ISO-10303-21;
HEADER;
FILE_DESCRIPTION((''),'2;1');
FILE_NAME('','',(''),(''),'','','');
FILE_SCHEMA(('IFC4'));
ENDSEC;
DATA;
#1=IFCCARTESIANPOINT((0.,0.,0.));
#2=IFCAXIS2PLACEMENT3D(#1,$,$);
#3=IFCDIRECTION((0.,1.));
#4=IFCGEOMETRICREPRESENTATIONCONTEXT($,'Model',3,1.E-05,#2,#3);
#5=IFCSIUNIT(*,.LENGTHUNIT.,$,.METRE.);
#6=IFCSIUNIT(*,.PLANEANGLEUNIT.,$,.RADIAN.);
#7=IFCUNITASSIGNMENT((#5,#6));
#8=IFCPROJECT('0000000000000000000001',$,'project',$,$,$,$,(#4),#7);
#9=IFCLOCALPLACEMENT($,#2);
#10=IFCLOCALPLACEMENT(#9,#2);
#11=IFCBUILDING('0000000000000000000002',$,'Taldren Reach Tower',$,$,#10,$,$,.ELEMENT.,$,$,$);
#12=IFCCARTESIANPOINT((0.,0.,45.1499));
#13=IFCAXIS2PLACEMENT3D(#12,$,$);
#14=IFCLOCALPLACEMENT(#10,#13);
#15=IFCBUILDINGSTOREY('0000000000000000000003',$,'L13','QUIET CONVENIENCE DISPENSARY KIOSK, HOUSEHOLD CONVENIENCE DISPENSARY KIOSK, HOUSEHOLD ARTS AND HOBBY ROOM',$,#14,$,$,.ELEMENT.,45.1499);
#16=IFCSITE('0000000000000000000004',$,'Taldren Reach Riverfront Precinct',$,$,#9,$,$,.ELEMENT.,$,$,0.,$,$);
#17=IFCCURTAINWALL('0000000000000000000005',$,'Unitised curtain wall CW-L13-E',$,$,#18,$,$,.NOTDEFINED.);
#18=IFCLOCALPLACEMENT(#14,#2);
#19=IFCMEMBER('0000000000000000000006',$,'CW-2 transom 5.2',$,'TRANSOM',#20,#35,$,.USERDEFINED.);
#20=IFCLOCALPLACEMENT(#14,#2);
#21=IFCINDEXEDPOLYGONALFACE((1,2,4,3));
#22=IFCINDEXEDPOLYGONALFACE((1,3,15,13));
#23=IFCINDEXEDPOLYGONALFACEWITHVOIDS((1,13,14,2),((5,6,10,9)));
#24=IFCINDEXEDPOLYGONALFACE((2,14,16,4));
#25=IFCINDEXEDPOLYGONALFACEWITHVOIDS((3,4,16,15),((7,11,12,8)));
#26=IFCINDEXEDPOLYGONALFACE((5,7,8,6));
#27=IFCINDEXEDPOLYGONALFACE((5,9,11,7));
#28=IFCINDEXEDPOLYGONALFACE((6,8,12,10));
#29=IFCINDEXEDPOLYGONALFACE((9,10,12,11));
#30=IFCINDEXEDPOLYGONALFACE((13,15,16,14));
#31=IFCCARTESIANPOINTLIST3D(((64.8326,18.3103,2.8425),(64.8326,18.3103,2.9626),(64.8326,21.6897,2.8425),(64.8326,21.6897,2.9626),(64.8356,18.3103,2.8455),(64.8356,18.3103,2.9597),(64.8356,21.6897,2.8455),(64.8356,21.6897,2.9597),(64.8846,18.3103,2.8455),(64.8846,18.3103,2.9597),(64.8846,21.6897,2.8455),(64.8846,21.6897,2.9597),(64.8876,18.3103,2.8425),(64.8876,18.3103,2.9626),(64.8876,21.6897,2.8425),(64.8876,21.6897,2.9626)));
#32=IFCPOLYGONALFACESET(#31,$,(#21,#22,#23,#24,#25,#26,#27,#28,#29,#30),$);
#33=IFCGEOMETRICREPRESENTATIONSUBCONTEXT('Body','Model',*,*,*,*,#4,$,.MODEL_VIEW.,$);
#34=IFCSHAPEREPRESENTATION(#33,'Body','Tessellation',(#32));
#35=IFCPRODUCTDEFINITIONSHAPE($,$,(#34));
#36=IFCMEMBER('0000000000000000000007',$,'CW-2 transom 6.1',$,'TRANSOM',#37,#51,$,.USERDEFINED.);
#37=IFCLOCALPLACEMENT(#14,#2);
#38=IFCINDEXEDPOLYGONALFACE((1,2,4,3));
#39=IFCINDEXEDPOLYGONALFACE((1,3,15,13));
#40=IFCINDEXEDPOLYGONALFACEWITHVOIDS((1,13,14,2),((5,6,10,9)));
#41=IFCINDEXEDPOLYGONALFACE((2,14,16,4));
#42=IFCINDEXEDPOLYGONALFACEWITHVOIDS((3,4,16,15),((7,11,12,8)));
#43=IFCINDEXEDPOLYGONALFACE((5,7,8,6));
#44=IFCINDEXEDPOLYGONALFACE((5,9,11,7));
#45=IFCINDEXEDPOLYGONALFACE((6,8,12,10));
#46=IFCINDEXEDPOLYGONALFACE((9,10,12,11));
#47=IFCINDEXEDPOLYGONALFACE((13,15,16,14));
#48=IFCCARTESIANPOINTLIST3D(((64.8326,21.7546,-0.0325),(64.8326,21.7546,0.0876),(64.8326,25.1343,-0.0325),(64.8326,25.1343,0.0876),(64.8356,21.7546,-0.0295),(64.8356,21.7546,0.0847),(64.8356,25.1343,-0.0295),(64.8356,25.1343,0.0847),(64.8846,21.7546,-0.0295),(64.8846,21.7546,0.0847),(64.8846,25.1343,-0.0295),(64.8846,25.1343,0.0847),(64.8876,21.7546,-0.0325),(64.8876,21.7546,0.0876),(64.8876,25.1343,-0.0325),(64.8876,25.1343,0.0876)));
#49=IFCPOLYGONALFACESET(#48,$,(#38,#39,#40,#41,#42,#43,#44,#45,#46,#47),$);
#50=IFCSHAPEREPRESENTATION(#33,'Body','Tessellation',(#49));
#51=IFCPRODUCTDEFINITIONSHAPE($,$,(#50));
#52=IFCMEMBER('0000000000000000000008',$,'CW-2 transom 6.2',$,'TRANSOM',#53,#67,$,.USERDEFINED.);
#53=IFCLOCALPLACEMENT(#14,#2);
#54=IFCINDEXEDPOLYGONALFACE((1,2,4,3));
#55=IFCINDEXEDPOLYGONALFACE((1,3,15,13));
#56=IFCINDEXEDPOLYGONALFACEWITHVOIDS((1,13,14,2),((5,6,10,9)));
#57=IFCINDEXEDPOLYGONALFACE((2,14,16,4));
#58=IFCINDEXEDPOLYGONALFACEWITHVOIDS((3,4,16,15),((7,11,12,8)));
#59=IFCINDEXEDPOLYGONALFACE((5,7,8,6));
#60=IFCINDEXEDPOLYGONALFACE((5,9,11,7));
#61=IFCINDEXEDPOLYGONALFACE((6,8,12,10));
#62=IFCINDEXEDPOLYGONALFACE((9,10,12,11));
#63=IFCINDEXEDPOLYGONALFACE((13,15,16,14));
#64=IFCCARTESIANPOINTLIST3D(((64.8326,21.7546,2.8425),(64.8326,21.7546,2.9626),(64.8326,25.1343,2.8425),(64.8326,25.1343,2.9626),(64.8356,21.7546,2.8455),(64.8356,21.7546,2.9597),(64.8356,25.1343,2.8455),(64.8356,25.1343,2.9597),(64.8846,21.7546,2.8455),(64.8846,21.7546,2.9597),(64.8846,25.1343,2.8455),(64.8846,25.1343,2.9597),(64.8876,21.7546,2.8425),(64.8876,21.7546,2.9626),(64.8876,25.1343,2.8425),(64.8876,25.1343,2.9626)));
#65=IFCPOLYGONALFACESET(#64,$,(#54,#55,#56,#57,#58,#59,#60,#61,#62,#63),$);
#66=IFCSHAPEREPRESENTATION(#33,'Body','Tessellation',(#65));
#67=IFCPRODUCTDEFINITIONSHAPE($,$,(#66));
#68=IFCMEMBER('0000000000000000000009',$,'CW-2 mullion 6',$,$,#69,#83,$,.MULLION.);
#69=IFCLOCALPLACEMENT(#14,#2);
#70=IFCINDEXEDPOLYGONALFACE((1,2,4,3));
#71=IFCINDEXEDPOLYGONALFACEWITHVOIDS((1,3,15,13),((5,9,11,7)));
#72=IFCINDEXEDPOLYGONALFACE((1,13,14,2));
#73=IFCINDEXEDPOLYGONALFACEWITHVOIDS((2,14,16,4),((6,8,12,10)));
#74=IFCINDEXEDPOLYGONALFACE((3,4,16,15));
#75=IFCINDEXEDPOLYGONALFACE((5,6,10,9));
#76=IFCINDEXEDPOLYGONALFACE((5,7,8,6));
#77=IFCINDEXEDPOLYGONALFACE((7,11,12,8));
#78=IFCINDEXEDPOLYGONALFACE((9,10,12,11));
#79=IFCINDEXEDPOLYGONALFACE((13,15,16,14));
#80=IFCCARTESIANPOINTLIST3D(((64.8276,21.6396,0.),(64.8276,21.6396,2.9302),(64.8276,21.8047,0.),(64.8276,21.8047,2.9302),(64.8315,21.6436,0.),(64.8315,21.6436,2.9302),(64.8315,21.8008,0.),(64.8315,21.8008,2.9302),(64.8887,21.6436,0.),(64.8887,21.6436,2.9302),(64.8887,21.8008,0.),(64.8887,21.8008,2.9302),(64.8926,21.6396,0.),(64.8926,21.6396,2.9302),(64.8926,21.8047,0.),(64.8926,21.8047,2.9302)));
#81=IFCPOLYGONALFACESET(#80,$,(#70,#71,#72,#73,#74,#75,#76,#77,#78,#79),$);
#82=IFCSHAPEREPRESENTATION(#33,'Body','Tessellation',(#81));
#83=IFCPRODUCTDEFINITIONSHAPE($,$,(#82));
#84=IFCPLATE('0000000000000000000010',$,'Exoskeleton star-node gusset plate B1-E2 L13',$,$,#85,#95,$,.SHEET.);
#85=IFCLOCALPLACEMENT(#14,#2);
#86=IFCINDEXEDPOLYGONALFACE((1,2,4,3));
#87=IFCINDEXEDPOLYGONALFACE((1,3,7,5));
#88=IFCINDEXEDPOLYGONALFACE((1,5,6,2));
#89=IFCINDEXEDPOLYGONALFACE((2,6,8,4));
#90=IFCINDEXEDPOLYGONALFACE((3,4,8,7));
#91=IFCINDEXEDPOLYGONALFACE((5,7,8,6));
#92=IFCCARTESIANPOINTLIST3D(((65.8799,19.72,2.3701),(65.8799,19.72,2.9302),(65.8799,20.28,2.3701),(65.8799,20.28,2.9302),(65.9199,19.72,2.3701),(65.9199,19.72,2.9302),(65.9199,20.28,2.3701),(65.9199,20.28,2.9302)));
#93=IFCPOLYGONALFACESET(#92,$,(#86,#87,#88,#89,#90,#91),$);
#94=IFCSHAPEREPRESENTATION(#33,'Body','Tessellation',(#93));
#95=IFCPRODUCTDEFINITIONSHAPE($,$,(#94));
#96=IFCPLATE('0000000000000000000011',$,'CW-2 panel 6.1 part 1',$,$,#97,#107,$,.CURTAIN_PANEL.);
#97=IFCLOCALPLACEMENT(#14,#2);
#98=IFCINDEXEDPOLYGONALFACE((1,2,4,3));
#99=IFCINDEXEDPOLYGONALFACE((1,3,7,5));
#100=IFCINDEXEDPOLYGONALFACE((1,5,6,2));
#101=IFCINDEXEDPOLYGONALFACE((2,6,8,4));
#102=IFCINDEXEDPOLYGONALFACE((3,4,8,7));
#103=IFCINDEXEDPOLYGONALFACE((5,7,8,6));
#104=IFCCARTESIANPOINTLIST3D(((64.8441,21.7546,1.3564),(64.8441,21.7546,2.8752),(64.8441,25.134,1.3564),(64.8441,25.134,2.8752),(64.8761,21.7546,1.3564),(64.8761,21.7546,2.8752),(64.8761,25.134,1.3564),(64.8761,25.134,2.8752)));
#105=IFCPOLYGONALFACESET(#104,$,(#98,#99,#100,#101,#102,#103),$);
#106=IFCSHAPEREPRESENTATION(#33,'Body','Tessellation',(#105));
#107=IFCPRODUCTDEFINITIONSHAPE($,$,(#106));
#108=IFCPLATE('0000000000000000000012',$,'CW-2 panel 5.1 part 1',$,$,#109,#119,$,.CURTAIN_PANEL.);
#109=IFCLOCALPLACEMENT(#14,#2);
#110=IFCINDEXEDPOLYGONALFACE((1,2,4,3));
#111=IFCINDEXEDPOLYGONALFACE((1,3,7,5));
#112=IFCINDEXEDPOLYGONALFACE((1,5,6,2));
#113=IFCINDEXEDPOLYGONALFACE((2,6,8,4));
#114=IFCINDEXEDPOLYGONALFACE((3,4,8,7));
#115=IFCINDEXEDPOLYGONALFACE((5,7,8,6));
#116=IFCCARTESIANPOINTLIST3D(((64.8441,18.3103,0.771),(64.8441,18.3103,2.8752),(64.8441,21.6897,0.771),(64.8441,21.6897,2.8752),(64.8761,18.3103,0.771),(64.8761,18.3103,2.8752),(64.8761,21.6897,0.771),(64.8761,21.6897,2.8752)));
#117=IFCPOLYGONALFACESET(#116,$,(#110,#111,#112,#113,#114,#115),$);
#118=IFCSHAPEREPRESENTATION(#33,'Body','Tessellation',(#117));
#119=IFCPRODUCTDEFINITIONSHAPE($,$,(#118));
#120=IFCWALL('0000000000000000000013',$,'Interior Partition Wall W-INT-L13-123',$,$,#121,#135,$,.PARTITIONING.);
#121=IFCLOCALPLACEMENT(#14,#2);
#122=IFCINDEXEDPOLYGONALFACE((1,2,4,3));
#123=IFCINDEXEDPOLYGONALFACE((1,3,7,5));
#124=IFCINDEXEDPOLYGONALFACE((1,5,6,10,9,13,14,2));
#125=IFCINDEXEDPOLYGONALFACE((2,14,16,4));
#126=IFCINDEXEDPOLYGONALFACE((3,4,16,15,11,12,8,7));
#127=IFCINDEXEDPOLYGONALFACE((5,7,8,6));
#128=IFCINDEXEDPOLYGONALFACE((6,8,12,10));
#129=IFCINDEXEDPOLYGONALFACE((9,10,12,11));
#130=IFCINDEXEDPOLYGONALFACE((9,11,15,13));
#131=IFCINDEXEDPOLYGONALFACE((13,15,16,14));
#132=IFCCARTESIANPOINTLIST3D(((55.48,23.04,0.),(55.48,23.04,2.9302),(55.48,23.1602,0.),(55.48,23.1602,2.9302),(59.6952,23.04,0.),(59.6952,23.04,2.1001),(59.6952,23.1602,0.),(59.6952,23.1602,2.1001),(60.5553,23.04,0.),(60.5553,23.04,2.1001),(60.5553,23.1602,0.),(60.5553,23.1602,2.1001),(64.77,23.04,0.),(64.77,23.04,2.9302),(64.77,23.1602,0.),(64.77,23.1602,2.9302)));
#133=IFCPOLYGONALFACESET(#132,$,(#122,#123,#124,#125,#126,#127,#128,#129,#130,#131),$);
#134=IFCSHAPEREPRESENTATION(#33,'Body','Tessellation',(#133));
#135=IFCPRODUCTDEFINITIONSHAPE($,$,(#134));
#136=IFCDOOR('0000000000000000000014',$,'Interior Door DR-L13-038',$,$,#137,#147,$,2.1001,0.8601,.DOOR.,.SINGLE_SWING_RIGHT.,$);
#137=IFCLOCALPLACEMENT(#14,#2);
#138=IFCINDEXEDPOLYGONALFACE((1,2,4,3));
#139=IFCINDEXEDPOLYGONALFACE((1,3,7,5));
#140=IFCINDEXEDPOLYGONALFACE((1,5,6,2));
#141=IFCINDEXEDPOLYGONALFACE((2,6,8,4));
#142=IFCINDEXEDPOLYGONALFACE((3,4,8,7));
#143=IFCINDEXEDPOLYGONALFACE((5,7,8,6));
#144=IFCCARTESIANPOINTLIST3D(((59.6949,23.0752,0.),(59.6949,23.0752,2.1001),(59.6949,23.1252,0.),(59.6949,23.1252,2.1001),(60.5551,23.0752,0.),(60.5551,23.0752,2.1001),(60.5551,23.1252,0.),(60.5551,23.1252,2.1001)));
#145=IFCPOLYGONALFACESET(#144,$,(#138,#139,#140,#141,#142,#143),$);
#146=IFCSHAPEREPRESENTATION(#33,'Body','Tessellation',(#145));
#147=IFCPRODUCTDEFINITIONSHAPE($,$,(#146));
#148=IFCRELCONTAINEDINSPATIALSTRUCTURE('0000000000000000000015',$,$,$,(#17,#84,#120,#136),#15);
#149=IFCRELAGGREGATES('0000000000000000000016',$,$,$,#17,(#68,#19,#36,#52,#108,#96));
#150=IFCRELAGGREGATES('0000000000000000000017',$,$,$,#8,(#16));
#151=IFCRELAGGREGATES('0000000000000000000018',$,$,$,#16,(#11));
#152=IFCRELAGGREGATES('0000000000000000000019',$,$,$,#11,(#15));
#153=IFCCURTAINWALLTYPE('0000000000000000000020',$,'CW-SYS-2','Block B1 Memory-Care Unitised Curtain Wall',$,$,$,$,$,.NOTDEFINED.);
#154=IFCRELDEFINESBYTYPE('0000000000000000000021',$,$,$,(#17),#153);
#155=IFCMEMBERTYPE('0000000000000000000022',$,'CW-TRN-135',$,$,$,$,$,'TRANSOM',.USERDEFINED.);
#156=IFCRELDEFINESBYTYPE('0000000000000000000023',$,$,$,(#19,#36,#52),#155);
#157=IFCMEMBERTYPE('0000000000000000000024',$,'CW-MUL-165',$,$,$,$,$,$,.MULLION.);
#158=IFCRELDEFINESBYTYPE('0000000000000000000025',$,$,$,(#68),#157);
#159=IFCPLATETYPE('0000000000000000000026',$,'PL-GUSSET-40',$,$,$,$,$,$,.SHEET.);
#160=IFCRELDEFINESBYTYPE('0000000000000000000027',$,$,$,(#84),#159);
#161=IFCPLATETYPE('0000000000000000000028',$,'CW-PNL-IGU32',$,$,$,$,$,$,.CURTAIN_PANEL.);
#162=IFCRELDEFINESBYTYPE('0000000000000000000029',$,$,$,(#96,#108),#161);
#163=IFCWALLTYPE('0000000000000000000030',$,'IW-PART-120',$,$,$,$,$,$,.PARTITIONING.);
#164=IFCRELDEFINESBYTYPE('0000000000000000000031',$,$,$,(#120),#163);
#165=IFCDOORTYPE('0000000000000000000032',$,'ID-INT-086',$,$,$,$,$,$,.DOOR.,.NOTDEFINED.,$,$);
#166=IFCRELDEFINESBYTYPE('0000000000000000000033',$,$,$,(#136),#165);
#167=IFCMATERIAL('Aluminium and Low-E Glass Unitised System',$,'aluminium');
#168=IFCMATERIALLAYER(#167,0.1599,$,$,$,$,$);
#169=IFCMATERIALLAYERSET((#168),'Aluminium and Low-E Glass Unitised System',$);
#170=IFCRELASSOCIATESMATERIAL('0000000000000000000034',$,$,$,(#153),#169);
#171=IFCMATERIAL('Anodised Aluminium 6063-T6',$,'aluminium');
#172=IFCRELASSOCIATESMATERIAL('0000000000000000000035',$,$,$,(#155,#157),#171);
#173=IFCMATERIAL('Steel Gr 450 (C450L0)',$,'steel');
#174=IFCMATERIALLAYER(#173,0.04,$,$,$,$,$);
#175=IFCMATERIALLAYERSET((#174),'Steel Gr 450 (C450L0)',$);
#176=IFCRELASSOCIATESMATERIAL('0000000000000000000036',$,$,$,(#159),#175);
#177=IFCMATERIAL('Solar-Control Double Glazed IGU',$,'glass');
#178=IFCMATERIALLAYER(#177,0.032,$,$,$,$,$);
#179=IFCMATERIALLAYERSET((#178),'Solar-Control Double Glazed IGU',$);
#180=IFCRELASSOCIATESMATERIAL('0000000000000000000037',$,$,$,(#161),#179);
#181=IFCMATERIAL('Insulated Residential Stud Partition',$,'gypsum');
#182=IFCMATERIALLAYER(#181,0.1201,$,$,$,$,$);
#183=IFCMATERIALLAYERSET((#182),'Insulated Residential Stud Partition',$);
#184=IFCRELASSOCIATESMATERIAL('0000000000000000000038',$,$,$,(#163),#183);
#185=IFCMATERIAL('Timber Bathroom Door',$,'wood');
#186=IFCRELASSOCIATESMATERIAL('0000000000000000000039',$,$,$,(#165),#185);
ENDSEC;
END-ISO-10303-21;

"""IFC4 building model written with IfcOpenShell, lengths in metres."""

from ifc_helpers import new_model, si_unit, direction, frame, frame_2d, origin, origin_2d, place, context, subcontext, project, spatial, rectangle, hollow_rectangle, extrude, source, transform, mapped, material, layer, layer_set, material_profile, profile_set, type_object, element, fill, aggregate, save


model = new_model("IFC4")

# Units and contexts
model_context = context("Model", 3, precision=1e-05, world=origin(), true_north=direction((0.0, 1.0)))
body_context = subcontext(model_context, "Body", "Model", "MODEL_VIEW")
ifc_project = project(units=[si_unit("LENGTHUNIT", "METRE"), si_unit("PLANEANGLEUNIT", "RADIAN")], contexts=[model_context])

# Site, building, storey
site_placement = place(None, origin())
site = spatial("IfcSite", under=ifc_project, at=site_placement, Name="Taldren Reach Riverfront Precinct", CompositionType="ELEMENT", RefElevation=0.0)
building_placement = place(site_placement, origin())
building = spatial("IfcBuilding", under=site, at=building_placement, Name="Taldren Reach Tower", CompositionType="ELEMENT")
storey_placement = place(building_placement, frame((0.0, 0.0, 45.1499)))
storey = spatial("IfcBuildingStorey", under=building, at=storey_placement, Name="L13", Description="QUIET CONVENIENCE DISPENSARY KIOSK, HOUSEHOLD CONVENIENCE DISPENSARY KIOSK, HOUSEHOLD ARTS AND HOBBY ROOM", CompositionType="ELEMENT", Elevation=45.1499)

# Shared definitions
ifc_material_1 = material(Name="Steel Gr 450 (C450L0)", Category="steel")

# Curtain wall, members
ifc_material_2 = material(Name="Aluminium and Low-E Glass Unitised System", Category="aluminium")
ifc_layer_1 = layer(ifc_material_2, 0.1599)
ifc_layer_set_1 = layer_set([ifc_layer_1], Name="Aluminium and Low-E Glass Unitised System")
curtain_wall_type = type_object("IfcCurtainWallType", Name="CW-SYS-2", Description="Block B1 Memory-Care Unitised Curtain Wall", PredefinedType="NOTDEFINED", material=ifc_layer_set_1)
curtain_wall_placement = place(storey_placement, origin())
curtain_wall = element("IfcCurtainWall", 1, at=curtain_wall_placement, inside=storey, type_object=curtain_wall_type, Name="Unitised curtain wall CW-L13-E", PredefinedType="NOTDEFINED")
ifc_material_3 = material(Name="Anodised Aluminium 6063-T6", Category="aluminium")
ifc_material_profile_1 = material_profile(ifc_material_3, hollow_rectangle(XDim=0.0549, YDim=0.1201, WallThickness=0.0029, at=origin_2d()), Name="ALU-120x55x3RHS")
ifc_profile_set_1 = profile_set([ifc_material_profile_1], Name="Anodised Aluminium 6063-T6")
member_type_1 = type_object("IfcMemberType", Name="CW-TRN-135", ElementType="TRANSOM", PredefinedType="USERDEFINED", material=ifc_profile_set_1)
shared_shape_1 = source(origin(), body_context, "Body", "SweptSolid", [
    extrude(hollow_rectangle(XDim=0.0549, YDim=0.1201, WallThickness=0.0029, at=origin_2d()), origin(), (0.0, 0.0, 1.0), 3.3794),
])
member_1_placement = place(storey_placement, frame((64.8601, 18.3103, 2.9026), z_axis=(0.0, 1.0, 0.0), x_axis=(-1.0, 0.0, 0.0)))
member_1 = element("IfcMember", 2, at=member_1_placement, type_object=member_type_1, Name="CW-2 transom 5.2", ObjectType="TRANSOM", PredefinedType="USERDEFINED", context=body_context, shape_type="MappedRepresentation", body=[
    mapped(shared_shape_1, transform((0.0, 0.0, 0.0), scale=1.0)),
])
shared_shape_2 = source(origin(), body_context, "Body", "SweptSolid", [
    extrude(hollow_rectangle(XDim=0.0549, YDim=0.1201, WallThickness=0.0029, at=origin_2d()), origin(), (0.0, 0.0, 1.0), 3.3796),
])
member_2_placement = place(storey_placement, frame((64.8601, 21.7546, 0.0276), z_axis=(0.0, 1.0, 0.0), x_axis=(-1.0, 0.0, 0.0)))
member_2 = element("IfcMember", 3, at=member_2_placement, type_object=member_type_1, Name="CW-2 transom 6.1", ObjectType="TRANSOM", PredefinedType="USERDEFINED", context=body_context, shape_type="MappedRepresentation", body=[
    mapped(shared_shape_2, transform((0.0, 0.0, 0.0), scale=1.0)),
])
member_3_placement = place(storey_placement, frame((64.8601, 21.7546, 2.9026), z_axis=(0.0, 1.0, 0.0), x_axis=(-1.0, 0.0, 0.0)))
member_3 = element("IfcMember", 4, at=member_3_placement, type_object=member_type_1, Name="CW-2 transom 6.2", ObjectType="TRANSOM", PredefinedType="USERDEFINED", context=body_context, shape_type="MappedRepresentation", body=[
    mapped(shared_shape_2, transform((0.0, 0.0, 0.0), scale=1.0)),
])
ifc_material_profile_2 = material_profile(ifc_material_3, hollow_rectangle(XDim=0.0649, YDim=0.165, WallThickness=0.0039, at=origin_2d()), Name="ALU-165x65x4RHS")
ifc_profile_set_2 = profile_set([ifc_material_profile_2], Name="Anodised Aluminium 6063-T6")
member_type_2 = type_object("IfcMemberType", Name="CW-MUL-165", PredefinedType="MULLION", material=ifc_profile_set_2)
shared_shape_3 = source(origin(), body_context, "Body", "SweptSolid", [
    extrude(hollow_rectangle(XDim=0.0649, YDim=0.165, WallThickness=0.0039, at=origin_2d()), origin(), (0.0, 0.0, 1.0), 2.9302),
])
member_4_placement = place(storey_placement, frame((64.8601, 21.7222, 0.0), z_axis=(0.0, 0.0, 1.0), x_axis=(-1.0, 0.0, 0.0)))
member_4 = element("IfcMember", 5, at=member_4_placement, type_object=member_type_2, Name="CW-2 mullion 6", PredefinedType="MULLION", context=body_context, shape_type="MappedRepresentation", body=[
    mapped(shared_shape_3, transform((0.0, 0.0, 0.0), scale=1.0)),
])

# Plates
ifc_layer_2 = layer(ifc_material_1, 0.04)
ifc_layer_set_2 = layer_set([ifc_layer_2], Name="Steel Gr 450 (C450L0)")
plate_type_1 = type_object("IfcPlateType", Name="PL-GUSSET-40", PredefinedType="SHEET", material=ifc_layer_set_2)
shared_shape_4 = source(origin(), body_context, "Body", "SweptSolid", [
    extrude(rectangle(XDim=0.5601, YDim=0.04, at=origin_2d()), origin(), (0.0, 0.0, 1.0), 0.5601),
])
plate_1_placement = place(storey_placement, frame((65.8999, 20.0, 2.3701), z_axis=(0.0, 0.0, 1.0), x_axis=(0.0, 1.0, 0.0)))
element("IfcPlate", 6, at=plate_1_placement, inside=storey, type_object=plate_type_1, Name="Exoskeleton star-node gusset plate B1-E2 L13", PredefinedType="SHEET", context=body_context, shape_type="MappedRepresentation", body=[
    mapped(shared_shape_4, transform((0.0, 0.0, 0.0), scale=1.0)),
])
ifc_material_4 = material(Name="Solar-Control Double Glazed IGU", Category="glass")
ifc_layer_3 = layer(ifc_material_4, 0.032)
ifc_layer_set_3 = layer_set([ifc_layer_3], Name="Solar-Control Double Glazed IGU")
plate_type_2 = type_object("IfcPlateType", Name="CW-PNL-IGU32", PredefinedType="CURTAIN_PANEL", material=ifc_layer_set_3)
shared_shape_5 = source(origin(), body_context, "Body", "SweptSolid", [
    extrude(rectangle(XDim=3.3794, YDim=0.032, at=origin_2d()), origin(), (0.0, 0.0, 1.0), 1.5188),
])
plate_2_placement = place(storey_placement, frame((64.8601, 23.4443, 1.3564), z_axis=(0.0, 0.0, 1.0), x_axis=(0.0, 1.0, 0.0)))
plate_2 = element("IfcPlate", 7, at=plate_2_placement, type_object=plate_type_2, Name="CW-2 panel 6.1 part 1", PredefinedType="CURTAIN_PANEL", context=body_context, shape_type="MappedRepresentation", body=[
    mapped(shared_shape_5, transform((0.0, 0.0, 0.0), scale=1.0)),
])
shared_shape_6 = source(origin(), body_context, "Body", "SweptSolid", [
    extrude(rectangle(XDim=3.3794, YDim=0.032, at=origin_2d()), origin(), (0.0, 0.0, 1.0), 2.1042),
])
plate_3_placement = place(storey_placement, frame((64.8601, 20.0, 0.771), z_axis=(0.0, 0.0, 1.0), x_axis=(0.0, 1.0, 0.0)))
plate_3 = element("IfcPlate", 8, at=plate_3_placement, type_object=plate_type_2, Name="CW-2 panel 5.1 part 1", PredefinedType="CURTAIN_PANEL", context=body_context, shape_type="MappedRepresentation", body=[
    mapped(shared_shape_6, transform((0.0, 0.0, 0.0), scale=1.0)),
])
aggregate(curtain_wall, [member_4, member_1, member_2, member_3, plate_3, plate_2])

# Wall, opening, door
ifc_material_5 = material(Name="Insulated Residential Stud Partition", Category="gypsum")
ifc_layer_4 = layer(ifc_material_5, 0.1201)
ifc_layer_set_4 = layer_set([ifc_layer_4], Name="Insulated Residential Stud Partition")
wall_type_1 = type_object("IfcWallType", Name="IW-PART-120", PredefinedType="PARTITIONING", material=ifc_layer_set_4)
shared_shape_7 = source(origin(), body_context, "Body", "SweptSolid", [
    extrude(rectangle(XDim=9.29, YDim=0.1201, at=frame_2d((4.645, 0.0))), origin(), (0.0, 0.0, 1.0), 2.9302),
])
wall_1_placement = place(storey_placement, frame((55.48, 23.1001, 0.0), z_axis=(0.0, 0.0, 1.0), x_axis=(1.0, 0.0, 0.0)))
wall_1 = element("IfcWall", 9, at=wall_1_placement, inside=storey, type_object=wall_type_1, Name="Interior Partition Wall W-INT-L13-123", PredefinedType="PARTITIONING", context=body_context, shape_type="MappedRepresentation", body=[
    mapped(shared_shape_7, transform((0.0, 0.0, 0.0), scale=1.0)),
])
shared_shape_8 = source(origin(), body_context, "Body", "SweptSolid", [
    extrude(rectangle(XDim=0.8601, YDim=2.1001, at=frame_2d((0.4302, 1.05))), frame((0.0, 0.0701, 0.0), z_axis=(0.0, -1.0, 0.0), x_axis=(1.0, 0.0, 0.0)), (0.0, 0.0, 1.0), 0.1401),
])
opening_1_placement = place(wall_1_placement, frame((4.2151, 0.0, 0.0)))
opening_1 = element("IfcOpeningElement", 10, at=opening_1_placement, cuts=wall_1, PredefinedType="OPENING", context=body_context, shape_type="MappedRepresentation", body=[
    mapped(shared_shape_8, transform((0.0, 0.0, 0.0), scale=1.0)),
])
ifc_material_6 = material(Name="Timber Bathroom Door", Category="wood")
door_type_1 = type_object("IfcDoorType", Name="ID-INT-086", OperationType="NOTDEFINED", PredefinedType="DOOR", material=ifc_material_6)
shared_shape_9 = source(origin(), body_context, "Body", "SweptSolid", [
    extrude(rectangle(XDim=0.8601, YDim=2.1001, at=frame_2d((0.4302, 1.05))), frame((0.0, 0.0249, 0.0), z_axis=(0.0, -1.0, 0.0), x_axis=(1.0, 0.0, 0.0)), (0.0, 0.0, 1.0), 0.05),
])
door_1_placement = place(opening_1_placement, frame((0.8601, 0.0, 0.0), z_axis=(0.0, 0.0, 1.0), x_axis=(-1.0, 0.0, 0.0)))
door_1 = element("IfcDoor", 11, at=door_1_placement, inside=storey, type_object=door_type_1, Name="Interior Door DR-L13-038", OperationType="SINGLE_SWING_RIGHT", OverallHeight=2.1001, OverallWidth=0.8601, PredefinedType="DOOR", context=body_context, shape_type="MappedRepresentation", body=[
    mapped(shared_shape_9, transform((0.0, 0.0, 0.0), scale=1.0)),
])
fill(opening_1, door_1)

save(model, "model.ifc")
